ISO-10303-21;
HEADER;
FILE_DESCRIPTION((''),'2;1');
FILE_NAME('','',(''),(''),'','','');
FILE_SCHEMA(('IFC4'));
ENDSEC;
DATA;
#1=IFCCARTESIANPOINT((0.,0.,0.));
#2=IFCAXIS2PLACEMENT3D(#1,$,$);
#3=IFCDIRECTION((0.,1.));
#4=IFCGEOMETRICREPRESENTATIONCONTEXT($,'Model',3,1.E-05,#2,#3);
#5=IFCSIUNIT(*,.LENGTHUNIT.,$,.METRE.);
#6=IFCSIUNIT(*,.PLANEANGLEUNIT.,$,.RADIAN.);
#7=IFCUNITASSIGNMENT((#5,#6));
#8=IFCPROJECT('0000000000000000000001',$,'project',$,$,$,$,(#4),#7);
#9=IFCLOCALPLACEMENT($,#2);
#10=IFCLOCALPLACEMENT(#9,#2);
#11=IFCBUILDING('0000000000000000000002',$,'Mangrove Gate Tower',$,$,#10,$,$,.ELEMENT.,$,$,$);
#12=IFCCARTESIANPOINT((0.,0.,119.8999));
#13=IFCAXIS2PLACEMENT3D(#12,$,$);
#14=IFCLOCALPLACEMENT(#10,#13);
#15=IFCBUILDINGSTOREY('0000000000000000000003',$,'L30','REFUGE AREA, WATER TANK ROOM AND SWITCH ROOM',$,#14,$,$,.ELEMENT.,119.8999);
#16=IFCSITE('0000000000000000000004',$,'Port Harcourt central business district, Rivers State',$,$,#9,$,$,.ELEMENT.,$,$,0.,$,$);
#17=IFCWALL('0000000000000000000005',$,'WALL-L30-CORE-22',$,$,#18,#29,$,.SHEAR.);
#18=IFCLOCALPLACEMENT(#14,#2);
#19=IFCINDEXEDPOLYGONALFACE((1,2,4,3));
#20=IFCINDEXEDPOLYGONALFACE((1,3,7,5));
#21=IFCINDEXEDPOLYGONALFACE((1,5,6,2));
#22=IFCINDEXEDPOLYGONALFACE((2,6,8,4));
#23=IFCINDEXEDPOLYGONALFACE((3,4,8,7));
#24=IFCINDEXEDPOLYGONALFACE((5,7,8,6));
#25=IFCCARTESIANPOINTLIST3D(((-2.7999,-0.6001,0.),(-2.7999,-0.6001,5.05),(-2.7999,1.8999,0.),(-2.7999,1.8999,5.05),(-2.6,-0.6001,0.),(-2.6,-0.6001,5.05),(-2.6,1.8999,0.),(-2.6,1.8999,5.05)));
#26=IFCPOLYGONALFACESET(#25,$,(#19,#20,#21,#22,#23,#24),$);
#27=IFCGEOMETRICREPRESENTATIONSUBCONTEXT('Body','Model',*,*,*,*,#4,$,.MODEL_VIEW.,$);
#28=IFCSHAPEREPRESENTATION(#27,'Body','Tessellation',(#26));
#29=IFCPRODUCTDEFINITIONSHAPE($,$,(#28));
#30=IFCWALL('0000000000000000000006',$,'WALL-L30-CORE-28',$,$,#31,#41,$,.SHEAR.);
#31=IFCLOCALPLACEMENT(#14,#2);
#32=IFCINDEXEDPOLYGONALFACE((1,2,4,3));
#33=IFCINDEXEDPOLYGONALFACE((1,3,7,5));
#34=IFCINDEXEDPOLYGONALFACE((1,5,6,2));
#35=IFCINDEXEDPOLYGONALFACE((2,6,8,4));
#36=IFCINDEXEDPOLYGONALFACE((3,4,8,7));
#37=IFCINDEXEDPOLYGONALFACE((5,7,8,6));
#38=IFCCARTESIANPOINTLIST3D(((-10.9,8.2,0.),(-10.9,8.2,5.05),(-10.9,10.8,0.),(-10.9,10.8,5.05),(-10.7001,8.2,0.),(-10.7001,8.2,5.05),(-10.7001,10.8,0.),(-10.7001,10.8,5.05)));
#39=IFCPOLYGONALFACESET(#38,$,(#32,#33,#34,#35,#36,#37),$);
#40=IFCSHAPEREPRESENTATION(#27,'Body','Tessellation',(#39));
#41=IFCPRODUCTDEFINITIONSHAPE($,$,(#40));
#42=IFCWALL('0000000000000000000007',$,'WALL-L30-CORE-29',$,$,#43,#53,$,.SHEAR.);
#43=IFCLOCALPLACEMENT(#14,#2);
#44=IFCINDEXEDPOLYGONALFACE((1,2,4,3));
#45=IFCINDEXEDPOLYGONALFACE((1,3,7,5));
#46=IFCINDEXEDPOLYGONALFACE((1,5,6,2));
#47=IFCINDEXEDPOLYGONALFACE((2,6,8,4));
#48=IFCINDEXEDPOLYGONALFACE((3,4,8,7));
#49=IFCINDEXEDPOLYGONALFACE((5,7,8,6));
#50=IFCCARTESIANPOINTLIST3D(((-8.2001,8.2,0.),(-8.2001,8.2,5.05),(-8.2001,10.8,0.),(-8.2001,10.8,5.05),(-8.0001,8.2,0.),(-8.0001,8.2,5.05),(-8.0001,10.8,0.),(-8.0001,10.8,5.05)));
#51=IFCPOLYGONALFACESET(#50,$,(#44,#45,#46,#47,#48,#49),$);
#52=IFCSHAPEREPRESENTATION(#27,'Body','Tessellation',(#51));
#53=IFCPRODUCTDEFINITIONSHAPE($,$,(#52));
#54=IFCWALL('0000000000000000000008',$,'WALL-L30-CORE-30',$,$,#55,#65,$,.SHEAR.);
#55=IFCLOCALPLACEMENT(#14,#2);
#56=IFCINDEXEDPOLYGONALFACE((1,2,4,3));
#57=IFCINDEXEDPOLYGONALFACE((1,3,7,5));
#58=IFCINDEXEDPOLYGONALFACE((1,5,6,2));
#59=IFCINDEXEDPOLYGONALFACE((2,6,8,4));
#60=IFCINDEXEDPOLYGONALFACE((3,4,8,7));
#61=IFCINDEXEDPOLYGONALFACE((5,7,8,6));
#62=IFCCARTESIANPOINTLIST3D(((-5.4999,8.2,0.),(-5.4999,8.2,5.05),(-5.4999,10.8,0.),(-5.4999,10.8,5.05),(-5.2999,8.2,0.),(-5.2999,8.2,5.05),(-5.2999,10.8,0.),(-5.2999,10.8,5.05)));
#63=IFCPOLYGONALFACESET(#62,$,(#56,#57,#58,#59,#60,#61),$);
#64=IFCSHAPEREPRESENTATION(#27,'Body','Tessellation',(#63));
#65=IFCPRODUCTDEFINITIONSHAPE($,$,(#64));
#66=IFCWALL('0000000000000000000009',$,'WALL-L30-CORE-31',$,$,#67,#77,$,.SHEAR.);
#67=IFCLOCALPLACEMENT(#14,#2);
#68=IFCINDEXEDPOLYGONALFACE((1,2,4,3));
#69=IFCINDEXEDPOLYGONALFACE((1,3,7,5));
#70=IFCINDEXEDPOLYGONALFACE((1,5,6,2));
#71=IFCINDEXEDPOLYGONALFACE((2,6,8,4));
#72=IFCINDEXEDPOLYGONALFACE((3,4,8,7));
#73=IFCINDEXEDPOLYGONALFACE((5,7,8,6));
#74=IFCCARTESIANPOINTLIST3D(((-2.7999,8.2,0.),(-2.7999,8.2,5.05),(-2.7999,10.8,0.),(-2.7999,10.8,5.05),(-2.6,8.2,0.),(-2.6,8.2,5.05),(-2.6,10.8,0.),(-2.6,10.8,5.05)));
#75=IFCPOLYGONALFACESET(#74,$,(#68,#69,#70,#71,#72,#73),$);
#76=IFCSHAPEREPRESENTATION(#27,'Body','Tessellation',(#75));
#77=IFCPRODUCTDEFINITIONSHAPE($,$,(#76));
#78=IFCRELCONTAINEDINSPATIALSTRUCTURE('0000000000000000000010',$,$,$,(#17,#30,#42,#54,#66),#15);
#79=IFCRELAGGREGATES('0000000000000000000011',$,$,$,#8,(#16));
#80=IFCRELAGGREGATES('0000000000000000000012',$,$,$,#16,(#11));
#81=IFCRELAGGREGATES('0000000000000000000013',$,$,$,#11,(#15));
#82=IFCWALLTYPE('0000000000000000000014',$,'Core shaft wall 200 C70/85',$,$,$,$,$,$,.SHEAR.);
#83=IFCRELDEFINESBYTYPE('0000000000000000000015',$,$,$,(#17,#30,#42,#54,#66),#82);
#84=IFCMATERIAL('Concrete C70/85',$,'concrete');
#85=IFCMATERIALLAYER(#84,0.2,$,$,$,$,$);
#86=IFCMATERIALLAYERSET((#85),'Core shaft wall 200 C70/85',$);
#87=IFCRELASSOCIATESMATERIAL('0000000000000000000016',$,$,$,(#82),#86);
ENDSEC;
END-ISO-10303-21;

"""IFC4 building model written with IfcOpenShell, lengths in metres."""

from ifc_helpers import new_model, si_unit, direction, frame, frame_2d, origin, place, context, subcontext, project, spatial, rectangle, extrude, material, layer, layer_set, type_object, element, save


model = new_model("IFC4")

# Units and contexts
model_context = context("Model", 3, precision=1e-05, world=origin(), true_north=direction((0.0, 1.0)))
body_context = subcontext(model_context, "Body", "Model", "MODEL_VIEW")
ifc_project = project(units=[si_unit("LENGTHUNIT", "METRE"), si_unit("PLANEANGLEUNIT", "RADIAN")], contexts=[model_context])

# Site, building, storey
site_placement = place(None, origin())
site = spatial("IfcSite", under=ifc_project, at=site_placement, Name="Port Harcourt central business district, Rivers State", CompositionType="ELEMENT", RefElevation=0.0)
building_placement = place(site_placement, origin())
building = spatial("IfcBuilding", under=site, at=building_placement, Name="Mangrove Gate Tower", CompositionType="ELEMENT")
storey_placement = place(building_placement, frame((0.0, 0.0, 119.8999)))
storey = spatial("IfcBuildingStorey", under=building, at=storey_placement, Name="L30", Description="REFUGE AREA, WATER TANK ROOM AND SWITCH ROOM", CompositionType="ELEMENT", Elevation=119.8999)

# Shared definitions
ifc_material_1 = material(Name="Concrete C70/85", Category="concrete")
ifc_layer = layer(ifc_material_1, 0.2)
ifc_layer_set = layer_set([ifc_layer], Name="Core shaft wall 200 C70/85")
wall_type = type_object("IfcWallType", Name="Core shaft wall 200 C70/85", PredefinedType="SHEAR", material=ifc_layer_set)

# Walls
wall_1_placement = place(storey_placement, frame((-2.7, -0.6001, 0.0), z_axis=(0.0, 0.0, 1.0), x_axis=(0.0, 1.0, 0.0)))
element("IfcWall", 1, at=wall_1_placement, inside=storey, type_object=wall_type, Name="WALL-L30-CORE-22", PredefinedType="SHEAR", context=body_context, shape_type="SweptSolid", body=[
    extrude(rectangle(XDim=2.5, YDim=0.2, at=frame_2d((1.25, 0.0))), origin(), (0.0, 0.0, 1.0), 5.05),
])
for number, where, z_axis, x_axis, name in (
    (2, (-10.8, 8.2, 0.0), (0.0, 0.0, 1.0), (0.0, 1.0, 0.0), "WALL-L30-CORE-28"),
    (3, (-8.1001, 8.2, 0.0), (0.0, 0.0, 1.0), (0.0, 1.0, 0.0), "WALL-L30-CORE-29"),
    (4, (-5.3999, 8.2, 0.0), (0.0, 0.0, 1.0), (0.0, 1.0, 0.0), "WALL-L30-CORE-30"),
    (5, (-2.7, 8.2, 0.0), (0.0, 0.0, 1.0), (0.0, 1.0, 0.0), "WALL-L30-CORE-31"),
):
    element("IfcWall", number, at=place(storey_placement, frame(where, z_axis=z_axis, x_axis=x_axis)), inside=storey, type_object=wall_type, Name=name, PredefinedType="SHEAR", context=body_context, shape_type="SweptSolid", body=[
        extrude(rectangle(XDim=2.6001, YDim=0.2, at=frame_2d((1.3, 0.0))), origin(), (0.0, 0.0, 1.0), 5.05),
    ])

save(model, "model.ifc")
